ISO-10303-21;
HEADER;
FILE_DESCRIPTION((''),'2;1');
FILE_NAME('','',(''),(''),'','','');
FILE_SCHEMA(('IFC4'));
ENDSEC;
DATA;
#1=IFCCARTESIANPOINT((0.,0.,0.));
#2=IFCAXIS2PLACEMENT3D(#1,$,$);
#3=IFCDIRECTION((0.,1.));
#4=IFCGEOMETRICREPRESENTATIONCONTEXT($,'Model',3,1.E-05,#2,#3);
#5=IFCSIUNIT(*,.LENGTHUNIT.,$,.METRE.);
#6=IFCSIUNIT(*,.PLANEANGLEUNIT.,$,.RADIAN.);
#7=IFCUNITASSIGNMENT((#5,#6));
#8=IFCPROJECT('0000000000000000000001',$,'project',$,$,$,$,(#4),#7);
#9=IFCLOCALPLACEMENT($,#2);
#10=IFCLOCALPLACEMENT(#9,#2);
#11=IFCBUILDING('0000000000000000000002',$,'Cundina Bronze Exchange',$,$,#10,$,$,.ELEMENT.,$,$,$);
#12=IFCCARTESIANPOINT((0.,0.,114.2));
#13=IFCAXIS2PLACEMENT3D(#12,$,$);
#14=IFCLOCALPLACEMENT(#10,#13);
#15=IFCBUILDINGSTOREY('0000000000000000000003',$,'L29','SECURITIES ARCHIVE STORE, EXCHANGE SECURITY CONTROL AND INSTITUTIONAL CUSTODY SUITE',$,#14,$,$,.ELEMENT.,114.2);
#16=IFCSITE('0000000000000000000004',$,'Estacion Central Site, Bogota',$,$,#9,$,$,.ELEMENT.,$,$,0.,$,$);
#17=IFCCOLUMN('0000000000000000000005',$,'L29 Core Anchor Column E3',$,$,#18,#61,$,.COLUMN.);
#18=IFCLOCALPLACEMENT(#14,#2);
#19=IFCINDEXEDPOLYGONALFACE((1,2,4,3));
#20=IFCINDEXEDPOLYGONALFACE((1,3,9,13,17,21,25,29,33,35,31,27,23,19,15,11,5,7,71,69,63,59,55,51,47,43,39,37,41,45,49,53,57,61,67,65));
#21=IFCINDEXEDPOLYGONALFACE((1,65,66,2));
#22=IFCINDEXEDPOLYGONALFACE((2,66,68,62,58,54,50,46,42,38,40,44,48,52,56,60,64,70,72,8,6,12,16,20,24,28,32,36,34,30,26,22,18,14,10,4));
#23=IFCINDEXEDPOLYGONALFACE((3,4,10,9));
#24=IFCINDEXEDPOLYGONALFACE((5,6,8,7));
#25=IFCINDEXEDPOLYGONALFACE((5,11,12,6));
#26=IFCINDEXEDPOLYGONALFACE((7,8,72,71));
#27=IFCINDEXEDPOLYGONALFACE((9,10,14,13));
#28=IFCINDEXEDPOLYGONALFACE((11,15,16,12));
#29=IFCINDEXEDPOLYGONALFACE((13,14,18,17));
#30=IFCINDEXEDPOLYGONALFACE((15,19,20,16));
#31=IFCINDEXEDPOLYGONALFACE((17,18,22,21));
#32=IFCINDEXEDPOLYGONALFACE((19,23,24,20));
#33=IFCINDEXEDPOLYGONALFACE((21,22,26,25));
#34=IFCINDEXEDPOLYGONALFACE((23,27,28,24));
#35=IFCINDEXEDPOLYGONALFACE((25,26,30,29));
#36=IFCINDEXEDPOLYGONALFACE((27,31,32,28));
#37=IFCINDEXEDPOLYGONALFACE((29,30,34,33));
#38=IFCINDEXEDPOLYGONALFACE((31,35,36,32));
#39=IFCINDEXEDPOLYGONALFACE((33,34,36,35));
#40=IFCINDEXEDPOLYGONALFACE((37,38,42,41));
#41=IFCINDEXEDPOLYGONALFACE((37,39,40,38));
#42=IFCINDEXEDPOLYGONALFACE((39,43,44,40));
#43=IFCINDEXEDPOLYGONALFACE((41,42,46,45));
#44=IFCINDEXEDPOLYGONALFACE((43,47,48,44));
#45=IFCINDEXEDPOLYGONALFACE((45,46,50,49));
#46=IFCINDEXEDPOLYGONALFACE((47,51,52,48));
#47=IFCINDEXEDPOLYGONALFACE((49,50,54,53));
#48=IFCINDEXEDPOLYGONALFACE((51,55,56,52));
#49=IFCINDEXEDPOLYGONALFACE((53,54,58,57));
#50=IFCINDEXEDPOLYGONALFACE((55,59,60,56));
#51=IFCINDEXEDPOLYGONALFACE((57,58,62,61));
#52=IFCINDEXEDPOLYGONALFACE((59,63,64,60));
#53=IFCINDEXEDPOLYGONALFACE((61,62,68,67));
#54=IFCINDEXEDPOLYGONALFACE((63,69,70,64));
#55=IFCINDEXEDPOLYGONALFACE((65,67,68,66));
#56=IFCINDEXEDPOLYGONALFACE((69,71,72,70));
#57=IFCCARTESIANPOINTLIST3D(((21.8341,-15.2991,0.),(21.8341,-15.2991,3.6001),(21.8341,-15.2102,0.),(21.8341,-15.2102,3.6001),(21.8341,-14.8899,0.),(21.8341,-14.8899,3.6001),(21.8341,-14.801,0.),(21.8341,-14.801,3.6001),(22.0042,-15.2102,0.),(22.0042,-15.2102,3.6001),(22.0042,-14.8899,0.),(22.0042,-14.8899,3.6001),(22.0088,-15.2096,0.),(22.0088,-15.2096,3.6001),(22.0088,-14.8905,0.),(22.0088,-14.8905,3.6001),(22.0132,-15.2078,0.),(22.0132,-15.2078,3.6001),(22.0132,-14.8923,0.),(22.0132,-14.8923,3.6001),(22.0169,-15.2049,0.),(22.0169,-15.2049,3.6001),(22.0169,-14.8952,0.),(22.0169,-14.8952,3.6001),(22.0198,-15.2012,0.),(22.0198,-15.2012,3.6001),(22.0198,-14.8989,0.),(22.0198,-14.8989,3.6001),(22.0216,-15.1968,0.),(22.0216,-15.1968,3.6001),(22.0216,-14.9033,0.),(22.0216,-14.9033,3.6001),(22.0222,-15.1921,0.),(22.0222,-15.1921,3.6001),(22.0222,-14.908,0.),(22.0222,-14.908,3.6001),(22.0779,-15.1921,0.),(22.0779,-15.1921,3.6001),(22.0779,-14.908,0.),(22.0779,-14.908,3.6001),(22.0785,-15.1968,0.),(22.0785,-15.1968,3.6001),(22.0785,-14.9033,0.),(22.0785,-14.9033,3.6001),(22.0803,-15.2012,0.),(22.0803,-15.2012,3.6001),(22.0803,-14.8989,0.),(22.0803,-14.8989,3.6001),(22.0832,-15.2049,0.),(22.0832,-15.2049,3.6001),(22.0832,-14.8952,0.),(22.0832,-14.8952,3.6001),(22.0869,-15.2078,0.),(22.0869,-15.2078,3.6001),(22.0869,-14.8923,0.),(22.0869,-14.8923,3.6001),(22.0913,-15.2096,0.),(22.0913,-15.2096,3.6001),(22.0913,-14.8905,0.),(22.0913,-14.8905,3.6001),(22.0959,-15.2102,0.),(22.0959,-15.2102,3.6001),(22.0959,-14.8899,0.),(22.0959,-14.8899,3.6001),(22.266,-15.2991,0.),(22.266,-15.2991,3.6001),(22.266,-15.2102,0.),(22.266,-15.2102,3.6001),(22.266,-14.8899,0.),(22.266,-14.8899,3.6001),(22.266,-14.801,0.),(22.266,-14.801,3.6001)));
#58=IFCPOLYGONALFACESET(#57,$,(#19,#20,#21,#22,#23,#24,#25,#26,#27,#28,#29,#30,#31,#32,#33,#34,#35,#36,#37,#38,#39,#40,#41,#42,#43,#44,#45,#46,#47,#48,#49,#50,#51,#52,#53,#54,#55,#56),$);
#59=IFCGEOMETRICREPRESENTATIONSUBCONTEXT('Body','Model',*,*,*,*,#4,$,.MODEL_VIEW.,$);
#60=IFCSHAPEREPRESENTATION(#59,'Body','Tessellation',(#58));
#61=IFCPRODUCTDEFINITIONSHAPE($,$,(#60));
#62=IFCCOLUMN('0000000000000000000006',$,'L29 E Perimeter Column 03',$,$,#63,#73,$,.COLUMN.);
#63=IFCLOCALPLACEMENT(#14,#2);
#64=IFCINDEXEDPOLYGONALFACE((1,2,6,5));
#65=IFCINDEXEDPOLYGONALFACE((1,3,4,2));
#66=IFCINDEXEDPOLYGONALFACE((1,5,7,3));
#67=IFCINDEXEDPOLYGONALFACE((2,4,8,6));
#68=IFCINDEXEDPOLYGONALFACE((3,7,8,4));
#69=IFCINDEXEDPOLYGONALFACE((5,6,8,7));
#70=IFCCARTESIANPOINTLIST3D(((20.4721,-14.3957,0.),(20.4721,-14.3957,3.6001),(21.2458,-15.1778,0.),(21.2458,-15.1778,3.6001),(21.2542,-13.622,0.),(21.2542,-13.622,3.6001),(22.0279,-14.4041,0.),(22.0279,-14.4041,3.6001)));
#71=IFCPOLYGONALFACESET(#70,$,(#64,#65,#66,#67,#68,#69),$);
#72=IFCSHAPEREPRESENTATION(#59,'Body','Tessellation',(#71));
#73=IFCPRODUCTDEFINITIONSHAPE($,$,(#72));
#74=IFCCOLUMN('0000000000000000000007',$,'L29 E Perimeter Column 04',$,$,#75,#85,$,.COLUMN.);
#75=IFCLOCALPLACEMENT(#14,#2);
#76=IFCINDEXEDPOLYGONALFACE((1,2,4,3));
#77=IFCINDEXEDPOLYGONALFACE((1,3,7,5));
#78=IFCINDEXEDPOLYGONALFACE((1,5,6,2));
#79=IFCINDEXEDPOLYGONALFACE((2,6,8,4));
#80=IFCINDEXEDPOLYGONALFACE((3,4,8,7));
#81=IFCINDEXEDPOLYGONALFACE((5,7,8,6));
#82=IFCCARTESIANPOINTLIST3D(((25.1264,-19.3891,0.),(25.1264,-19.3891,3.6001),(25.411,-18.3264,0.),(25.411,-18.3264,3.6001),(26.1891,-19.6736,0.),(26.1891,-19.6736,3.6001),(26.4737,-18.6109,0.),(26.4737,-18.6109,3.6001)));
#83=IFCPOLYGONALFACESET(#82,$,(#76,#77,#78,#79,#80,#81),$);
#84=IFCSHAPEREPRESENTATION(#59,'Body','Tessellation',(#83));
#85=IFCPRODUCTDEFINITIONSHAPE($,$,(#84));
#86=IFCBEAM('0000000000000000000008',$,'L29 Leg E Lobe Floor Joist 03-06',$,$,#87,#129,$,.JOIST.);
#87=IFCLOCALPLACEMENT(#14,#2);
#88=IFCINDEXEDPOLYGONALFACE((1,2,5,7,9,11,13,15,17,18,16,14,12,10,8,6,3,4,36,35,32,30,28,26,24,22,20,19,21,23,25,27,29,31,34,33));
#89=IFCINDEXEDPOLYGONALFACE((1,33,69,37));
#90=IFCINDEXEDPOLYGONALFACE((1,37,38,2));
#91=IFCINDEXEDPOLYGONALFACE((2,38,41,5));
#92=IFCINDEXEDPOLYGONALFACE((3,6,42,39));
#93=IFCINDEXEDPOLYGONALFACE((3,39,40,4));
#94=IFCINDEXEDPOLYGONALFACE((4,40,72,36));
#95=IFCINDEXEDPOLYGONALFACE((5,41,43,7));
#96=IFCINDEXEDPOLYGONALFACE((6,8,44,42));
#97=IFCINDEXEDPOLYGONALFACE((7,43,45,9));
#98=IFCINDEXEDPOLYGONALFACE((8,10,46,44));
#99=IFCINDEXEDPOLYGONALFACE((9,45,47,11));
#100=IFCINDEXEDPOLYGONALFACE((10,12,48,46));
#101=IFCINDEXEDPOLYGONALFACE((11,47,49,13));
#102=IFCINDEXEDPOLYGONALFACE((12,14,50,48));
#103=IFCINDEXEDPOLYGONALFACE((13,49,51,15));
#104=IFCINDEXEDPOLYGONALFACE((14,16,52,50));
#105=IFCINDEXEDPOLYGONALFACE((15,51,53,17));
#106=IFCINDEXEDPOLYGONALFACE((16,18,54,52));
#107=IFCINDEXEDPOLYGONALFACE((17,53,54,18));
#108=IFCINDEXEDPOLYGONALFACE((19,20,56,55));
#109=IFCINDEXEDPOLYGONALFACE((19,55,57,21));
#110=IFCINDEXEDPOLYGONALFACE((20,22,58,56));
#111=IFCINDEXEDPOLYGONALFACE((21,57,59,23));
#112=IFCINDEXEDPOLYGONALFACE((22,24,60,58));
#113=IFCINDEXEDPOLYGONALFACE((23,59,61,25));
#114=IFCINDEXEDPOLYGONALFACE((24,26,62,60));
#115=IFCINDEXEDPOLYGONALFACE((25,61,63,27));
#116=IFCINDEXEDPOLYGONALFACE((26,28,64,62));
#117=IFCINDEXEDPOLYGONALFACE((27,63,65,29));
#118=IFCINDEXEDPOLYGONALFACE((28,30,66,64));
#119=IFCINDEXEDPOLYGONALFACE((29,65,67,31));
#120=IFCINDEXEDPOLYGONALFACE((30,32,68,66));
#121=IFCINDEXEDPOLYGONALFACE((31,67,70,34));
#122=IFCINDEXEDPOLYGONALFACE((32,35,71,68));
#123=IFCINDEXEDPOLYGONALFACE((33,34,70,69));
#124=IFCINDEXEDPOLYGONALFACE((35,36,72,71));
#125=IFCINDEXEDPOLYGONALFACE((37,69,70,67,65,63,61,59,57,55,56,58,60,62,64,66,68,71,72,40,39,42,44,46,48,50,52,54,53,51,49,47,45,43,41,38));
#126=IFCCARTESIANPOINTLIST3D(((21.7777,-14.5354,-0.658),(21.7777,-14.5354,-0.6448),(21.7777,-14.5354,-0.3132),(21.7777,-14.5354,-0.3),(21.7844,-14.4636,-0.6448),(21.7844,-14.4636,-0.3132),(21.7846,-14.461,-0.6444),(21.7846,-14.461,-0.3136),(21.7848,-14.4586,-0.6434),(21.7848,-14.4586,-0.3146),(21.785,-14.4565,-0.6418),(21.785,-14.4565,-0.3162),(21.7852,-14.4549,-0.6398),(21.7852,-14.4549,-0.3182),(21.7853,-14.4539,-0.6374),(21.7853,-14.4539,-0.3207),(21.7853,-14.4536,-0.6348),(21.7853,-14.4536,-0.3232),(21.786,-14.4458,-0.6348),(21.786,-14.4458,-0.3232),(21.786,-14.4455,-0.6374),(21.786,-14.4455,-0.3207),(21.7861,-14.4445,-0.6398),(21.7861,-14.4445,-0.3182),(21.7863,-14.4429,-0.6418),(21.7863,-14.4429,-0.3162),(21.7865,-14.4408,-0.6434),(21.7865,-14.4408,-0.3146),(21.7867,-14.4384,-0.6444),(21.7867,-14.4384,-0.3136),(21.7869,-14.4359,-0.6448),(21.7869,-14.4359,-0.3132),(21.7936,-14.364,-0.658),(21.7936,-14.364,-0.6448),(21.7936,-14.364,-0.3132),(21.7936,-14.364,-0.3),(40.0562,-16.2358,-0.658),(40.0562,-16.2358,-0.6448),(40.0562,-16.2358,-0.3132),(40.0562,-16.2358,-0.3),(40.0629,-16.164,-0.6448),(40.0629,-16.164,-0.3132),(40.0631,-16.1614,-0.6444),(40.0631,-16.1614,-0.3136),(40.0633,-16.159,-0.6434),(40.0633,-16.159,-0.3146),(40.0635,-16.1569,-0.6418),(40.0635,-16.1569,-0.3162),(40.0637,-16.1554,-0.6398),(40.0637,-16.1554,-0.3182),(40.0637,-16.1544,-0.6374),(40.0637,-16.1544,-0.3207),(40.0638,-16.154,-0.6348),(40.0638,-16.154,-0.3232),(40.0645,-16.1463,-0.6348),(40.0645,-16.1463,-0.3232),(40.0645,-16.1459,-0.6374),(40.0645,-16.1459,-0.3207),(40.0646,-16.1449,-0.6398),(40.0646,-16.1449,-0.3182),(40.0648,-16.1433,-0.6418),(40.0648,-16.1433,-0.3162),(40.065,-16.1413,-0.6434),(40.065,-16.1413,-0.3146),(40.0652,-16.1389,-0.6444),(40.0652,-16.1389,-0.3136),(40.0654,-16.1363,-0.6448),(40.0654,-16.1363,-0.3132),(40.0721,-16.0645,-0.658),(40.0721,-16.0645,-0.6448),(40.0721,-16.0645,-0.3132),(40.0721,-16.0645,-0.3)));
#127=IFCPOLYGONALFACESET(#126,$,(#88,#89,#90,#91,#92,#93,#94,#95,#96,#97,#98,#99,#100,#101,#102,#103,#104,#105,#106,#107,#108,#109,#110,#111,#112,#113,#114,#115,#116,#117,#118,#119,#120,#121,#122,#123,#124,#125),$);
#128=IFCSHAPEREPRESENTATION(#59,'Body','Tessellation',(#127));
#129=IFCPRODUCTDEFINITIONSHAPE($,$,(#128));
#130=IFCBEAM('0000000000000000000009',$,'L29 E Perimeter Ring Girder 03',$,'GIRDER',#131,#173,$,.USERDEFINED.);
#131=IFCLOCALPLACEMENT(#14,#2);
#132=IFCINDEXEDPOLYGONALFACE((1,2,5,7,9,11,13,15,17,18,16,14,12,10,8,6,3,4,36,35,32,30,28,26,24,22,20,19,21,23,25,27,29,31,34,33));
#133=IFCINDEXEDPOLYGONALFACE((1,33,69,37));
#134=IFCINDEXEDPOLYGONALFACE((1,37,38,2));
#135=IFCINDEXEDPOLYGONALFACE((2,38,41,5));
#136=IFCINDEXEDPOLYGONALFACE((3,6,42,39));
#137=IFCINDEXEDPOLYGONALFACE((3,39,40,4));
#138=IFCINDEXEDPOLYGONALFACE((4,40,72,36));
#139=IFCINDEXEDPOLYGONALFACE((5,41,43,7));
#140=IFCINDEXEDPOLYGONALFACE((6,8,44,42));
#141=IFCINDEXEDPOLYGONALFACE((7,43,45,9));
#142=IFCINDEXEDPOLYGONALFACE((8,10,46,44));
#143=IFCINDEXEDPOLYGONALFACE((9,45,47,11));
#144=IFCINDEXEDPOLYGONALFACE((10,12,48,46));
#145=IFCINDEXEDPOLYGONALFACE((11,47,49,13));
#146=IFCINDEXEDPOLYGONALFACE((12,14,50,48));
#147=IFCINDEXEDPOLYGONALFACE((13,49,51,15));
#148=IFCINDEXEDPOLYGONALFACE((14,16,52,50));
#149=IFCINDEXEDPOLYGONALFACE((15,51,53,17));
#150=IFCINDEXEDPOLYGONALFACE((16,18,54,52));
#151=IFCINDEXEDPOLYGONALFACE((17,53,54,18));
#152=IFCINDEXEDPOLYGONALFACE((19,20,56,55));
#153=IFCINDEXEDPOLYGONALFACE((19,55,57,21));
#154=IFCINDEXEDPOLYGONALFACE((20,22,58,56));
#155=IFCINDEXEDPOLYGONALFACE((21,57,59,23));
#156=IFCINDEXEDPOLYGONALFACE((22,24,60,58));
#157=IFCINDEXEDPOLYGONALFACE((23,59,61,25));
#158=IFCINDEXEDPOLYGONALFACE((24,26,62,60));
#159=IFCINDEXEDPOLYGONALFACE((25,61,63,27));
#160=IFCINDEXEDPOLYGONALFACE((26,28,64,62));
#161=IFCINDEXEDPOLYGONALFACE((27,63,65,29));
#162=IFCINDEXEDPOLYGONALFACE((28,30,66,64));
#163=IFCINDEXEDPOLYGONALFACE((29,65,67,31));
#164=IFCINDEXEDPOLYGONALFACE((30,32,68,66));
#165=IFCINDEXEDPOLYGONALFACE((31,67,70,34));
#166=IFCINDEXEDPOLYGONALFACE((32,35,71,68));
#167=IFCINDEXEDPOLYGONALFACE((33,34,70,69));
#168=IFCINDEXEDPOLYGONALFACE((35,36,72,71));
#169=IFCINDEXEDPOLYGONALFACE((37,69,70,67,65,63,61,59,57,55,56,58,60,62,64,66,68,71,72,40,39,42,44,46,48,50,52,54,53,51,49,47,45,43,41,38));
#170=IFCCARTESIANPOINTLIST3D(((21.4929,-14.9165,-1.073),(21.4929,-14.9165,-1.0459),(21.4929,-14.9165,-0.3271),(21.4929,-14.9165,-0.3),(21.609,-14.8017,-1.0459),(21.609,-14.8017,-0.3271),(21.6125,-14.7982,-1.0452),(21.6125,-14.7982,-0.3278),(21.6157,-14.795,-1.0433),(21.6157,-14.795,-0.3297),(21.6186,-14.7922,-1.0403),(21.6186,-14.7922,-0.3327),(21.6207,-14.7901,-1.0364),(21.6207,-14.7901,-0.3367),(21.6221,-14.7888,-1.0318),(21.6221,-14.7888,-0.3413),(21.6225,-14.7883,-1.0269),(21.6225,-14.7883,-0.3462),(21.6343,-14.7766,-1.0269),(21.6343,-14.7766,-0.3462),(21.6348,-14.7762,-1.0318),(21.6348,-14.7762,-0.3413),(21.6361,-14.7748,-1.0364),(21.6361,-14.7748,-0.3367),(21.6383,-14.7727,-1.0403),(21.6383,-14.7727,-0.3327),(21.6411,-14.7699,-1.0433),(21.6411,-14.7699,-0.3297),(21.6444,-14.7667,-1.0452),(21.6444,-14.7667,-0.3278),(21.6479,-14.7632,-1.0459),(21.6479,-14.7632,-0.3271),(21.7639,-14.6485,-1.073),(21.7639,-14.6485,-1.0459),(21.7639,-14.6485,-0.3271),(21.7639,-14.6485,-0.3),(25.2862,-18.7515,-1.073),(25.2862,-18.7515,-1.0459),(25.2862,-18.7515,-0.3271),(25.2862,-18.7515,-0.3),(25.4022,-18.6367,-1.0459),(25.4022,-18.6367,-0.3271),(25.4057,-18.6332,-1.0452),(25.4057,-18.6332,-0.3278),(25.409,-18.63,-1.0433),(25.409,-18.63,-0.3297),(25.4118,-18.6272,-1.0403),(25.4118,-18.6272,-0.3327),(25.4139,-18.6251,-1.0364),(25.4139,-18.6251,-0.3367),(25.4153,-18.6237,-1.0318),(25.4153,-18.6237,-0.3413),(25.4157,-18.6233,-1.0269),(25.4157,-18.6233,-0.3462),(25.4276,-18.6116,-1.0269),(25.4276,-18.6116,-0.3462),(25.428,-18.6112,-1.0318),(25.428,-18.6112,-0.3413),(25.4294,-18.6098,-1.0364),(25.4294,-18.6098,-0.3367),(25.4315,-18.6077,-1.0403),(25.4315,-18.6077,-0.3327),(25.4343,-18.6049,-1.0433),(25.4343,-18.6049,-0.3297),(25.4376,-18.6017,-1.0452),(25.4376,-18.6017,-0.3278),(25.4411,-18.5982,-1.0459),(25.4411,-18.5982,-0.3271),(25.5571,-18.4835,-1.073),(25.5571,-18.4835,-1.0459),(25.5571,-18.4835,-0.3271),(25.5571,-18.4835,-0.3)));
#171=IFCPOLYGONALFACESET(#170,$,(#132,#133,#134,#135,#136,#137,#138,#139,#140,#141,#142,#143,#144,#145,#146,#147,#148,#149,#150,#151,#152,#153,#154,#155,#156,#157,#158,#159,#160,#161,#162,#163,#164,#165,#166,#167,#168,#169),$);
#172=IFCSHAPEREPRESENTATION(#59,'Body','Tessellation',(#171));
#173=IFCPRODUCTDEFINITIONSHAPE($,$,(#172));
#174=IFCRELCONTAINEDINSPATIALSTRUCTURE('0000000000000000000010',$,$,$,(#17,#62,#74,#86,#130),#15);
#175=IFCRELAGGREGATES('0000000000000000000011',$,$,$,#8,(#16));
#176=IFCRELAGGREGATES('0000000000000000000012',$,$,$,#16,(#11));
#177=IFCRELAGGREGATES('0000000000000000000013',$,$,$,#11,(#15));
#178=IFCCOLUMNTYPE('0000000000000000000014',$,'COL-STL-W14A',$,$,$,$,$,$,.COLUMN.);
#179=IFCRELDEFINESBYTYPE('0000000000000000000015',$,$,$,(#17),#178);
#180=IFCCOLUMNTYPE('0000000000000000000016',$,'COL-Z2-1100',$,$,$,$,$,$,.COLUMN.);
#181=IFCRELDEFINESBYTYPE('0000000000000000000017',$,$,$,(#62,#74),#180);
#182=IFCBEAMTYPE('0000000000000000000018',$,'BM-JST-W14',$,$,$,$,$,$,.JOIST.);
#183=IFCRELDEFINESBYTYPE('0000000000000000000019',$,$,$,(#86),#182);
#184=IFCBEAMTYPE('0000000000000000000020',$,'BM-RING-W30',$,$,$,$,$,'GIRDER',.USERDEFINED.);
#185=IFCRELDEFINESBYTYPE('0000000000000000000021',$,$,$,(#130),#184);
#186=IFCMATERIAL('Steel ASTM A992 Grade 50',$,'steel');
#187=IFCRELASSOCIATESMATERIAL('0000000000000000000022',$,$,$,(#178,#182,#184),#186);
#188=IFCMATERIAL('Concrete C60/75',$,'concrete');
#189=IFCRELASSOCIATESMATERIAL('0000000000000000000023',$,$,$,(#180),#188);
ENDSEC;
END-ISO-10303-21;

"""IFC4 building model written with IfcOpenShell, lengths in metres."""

from ifc_helpers import new_model, si_unit, direction, frame, origin, origin_2d, place, context, subcontext, project, spatial, rectangle, i_section, extrude, material, material_profile, profile_set, type_object, element, save


model = new_model("IFC4")

# Units and contexts
model_context = context("Model", 3, precision=1e-05, world=origin(), true_north=direction((0.0, 1.0)))
body_context = subcontext(model_context, "Body", "Model", "MODEL_VIEW")
ifc_project = project(units=[si_unit("LENGTHUNIT", "METRE"), si_unit("PLANEANGLEUNIT", "RADIAN")], contexts=[model_context])

# Site, building, storey
site_placement = place(None, origin())
site = spatial("IfcSite", under=ifc_project, at=site_placement, Name="Estacion Central Site, Bogota", CompositionType="ELEMENT", RefElevation=0.0)
building_placement = place(site_placement, origin())
building = spatial("IfcBuilding", under=site, at=building_placement, Name="Cundina Bronze Exchange", CompositionType="ELEMENT")
storey_placement = place(building_placement, frame((0.0, 0.0, 114.2)))
storey = spatial("IfcBuildingStorey", under=building, at=storey_placement, Name="L29", Description="SECURITIES ARCHIVE STORE, EXCHANGE SECURITY CONTROL AND INSTITUTIONAL CUSTODY SUITE", CompositionType="ELEMENT", Elevation=114.2)

# Columns
ifc_material_1 = material(Name="Steel ASTM A992 Grade 50", Category="steel")
ifc_material_profile_1 = material_profile(ifc_material_1, i_section(OverallWidth=0.4319, OverallDepth=0.498, WebThickness=0.0557, FlangeThickness=0.0889, FilletRadius=0.0181, at=origin_2d()), Name="W14X500", Category="steel")
ifc_profile_set_1 = profile_set([ifc_material_profile_1], Name="Steel ASTM A992 Grade 50")
column_type_1 = type_object("IfcColumnType", Name="COL-STL-W14A", PredefinedType="COLUMN", material=ifc_profile_set_1)
column_placement = place(storey_placement, frame((22.05, -15.05, 0.0), z_axis=(0.0, 0.0, 1.0), x_axis=(1.0, 0.0, 0.0)))
element("IfcColumn", 1, at=column_placement, inside=storey, type_object=column_type_1, Name="L29 Core Anchor Column E3", PredefinedType="COLUMN", context=body_context, shape_type="SweptSolid", body=[
    extrude(i_section(OverallWidth=0.4319, OverallDepth=0.498, WebThickness=0.0557, FlangeThickness=0.0889, FilletRadius=0.0181, at=origin_2d()), origin(), (0.0, 0.0, 1.0), 3.6001),
])
ifc_material_2 = material(Name="Concrete C60/75", Category="concrete")
ifc_material_profile_2 = material_profile(ifc_material_2, rectangle(XDim=1.1001, YDim=1.1001, at=origin_2d()), Name="RC1100X1100", Category="concrete")
ifc_profile_set_2 = profile_set([ifc_material_profile_2], Name="Concrete C60/75")
column_type_2 = type_object("IfcColumnType", Name="COL-Z2-1100", PredefinedType="COLUMN", material=ifc_profile_set_2)
for number, where, z_axis, x_axis, name in (
    (2, (21.25, -14.3999, 0.0), (0.0, 0.0, 1.0), (0.703271, -0.710922, 0.0), "L29 E Perimeter Column 03"),
    (3, (25.8, -19.0, 0.0), (0.0, 0.0, 1.0), (0.965971, -0.25865, 0.0), "L29 E Perimeter Column 04"),
):
    element("IfcColumn", number, at=place(storey_placement, frame(where, z_axis=z_axis, x_axis=x_axis)), inside=storey, type_object=column_type_2, Name=name, PredefinedType="COLUMN", context=body_context, shape_type="SweptSolid", body=[
        extrude(rectangle(XDim=1.1001, YDim=1.1001, at=origin_2d()), origin(), (0.0, 0.0, 1.0), 3.6001),
    ])

# Beams
ifc_material_profile_3 = material_profile(ifc_material_1, i_section(OverallWidth=0.1721, OverallDepth=0.3579, WebThickness=0.0078, FlangeThickness=0.0132, FilletRadius=0.01, at=origin_2d()), Name="W14X38", Category="steel")
ifc_profile_set_3 = profile_set([ifc_material_profile_3], Name="Steel ASTM A992 Grade 50")
beam_type_1 = type_object("IfcBeamType", Name="BM-JST-W14", PredefinedType="JOIST", material=ifc_profile_set_3)
beam_1_placement = place(storey_placement, frame((21.7856, -14.4497, -0.479), z_axis=(0.995701, -0.092629, 0.0), x_axis=(0.092629, 0.995701, 0.0)))
element("IfcBeam", 4, at=beam_1_placement, inside=storey, type_object=beam_type_1, Name="L29 Leg E Lobe Floor Joist 03-06", PredefinedType="JOIST", context=body_context, shape_type="SweptSolid", body=[
    extrude(i_section(OverallWidth=0.1721, OverallDepth=0.3579, WebThickness=0.0078, FlangeThickness=0.0132, FilletRadius=0.01, at=origin_2d()), origin(), (0.0, 0.0, 1.0), 18.3574),
])
ifc_material_profile_4 = material_profile(ifc_material_1, i_section(OverallWidth=0.3811, OverallDepth=0.7729, WebThickness=0.0166, FlangeThickness=0.0271, FilletRadius=0.019, at=origin_2d()), Name="W30X173", Category="steel")
ifc_profile_set_4 = profile_set([ifc_material_profile_4], Name="Steel ASTM A992 Grade 50")
beam_type_2 = type_object("IfcBeamType", Name="BM-RING-W30", ElementType="GIRDER", PredefinedType="USERDEFINED", material=ifc_profile_set_4)
beam_2_placement = place(storey_placement, frame((21.6284, -14.7825, -0.6865), z_axis=(0.703226, -0.710966, 0.0), x_axis=(0.710966, 0.703226, 0.0)))
element("IfcBeam", 5, at=beam_2_placement, inside=storey, type_object=beam_type_2, Name="L29 E Perimeter Ring Girder 03", ObjectType="GIRDER", PredefinedType="USERDEFINED", context=body_context, shape_type="SweptSolid", body=[
    extrude(i_section(OverallWidth=0.3811, OverallDepth=0.7729, WebThickness=0.0166, FlangeThickness=0.0271, FilletRadius=0.019, at=origin_2d()), origin(), (0.0, 0.0, 1.0), 5.394),
])

save(model, "model.ifc")
